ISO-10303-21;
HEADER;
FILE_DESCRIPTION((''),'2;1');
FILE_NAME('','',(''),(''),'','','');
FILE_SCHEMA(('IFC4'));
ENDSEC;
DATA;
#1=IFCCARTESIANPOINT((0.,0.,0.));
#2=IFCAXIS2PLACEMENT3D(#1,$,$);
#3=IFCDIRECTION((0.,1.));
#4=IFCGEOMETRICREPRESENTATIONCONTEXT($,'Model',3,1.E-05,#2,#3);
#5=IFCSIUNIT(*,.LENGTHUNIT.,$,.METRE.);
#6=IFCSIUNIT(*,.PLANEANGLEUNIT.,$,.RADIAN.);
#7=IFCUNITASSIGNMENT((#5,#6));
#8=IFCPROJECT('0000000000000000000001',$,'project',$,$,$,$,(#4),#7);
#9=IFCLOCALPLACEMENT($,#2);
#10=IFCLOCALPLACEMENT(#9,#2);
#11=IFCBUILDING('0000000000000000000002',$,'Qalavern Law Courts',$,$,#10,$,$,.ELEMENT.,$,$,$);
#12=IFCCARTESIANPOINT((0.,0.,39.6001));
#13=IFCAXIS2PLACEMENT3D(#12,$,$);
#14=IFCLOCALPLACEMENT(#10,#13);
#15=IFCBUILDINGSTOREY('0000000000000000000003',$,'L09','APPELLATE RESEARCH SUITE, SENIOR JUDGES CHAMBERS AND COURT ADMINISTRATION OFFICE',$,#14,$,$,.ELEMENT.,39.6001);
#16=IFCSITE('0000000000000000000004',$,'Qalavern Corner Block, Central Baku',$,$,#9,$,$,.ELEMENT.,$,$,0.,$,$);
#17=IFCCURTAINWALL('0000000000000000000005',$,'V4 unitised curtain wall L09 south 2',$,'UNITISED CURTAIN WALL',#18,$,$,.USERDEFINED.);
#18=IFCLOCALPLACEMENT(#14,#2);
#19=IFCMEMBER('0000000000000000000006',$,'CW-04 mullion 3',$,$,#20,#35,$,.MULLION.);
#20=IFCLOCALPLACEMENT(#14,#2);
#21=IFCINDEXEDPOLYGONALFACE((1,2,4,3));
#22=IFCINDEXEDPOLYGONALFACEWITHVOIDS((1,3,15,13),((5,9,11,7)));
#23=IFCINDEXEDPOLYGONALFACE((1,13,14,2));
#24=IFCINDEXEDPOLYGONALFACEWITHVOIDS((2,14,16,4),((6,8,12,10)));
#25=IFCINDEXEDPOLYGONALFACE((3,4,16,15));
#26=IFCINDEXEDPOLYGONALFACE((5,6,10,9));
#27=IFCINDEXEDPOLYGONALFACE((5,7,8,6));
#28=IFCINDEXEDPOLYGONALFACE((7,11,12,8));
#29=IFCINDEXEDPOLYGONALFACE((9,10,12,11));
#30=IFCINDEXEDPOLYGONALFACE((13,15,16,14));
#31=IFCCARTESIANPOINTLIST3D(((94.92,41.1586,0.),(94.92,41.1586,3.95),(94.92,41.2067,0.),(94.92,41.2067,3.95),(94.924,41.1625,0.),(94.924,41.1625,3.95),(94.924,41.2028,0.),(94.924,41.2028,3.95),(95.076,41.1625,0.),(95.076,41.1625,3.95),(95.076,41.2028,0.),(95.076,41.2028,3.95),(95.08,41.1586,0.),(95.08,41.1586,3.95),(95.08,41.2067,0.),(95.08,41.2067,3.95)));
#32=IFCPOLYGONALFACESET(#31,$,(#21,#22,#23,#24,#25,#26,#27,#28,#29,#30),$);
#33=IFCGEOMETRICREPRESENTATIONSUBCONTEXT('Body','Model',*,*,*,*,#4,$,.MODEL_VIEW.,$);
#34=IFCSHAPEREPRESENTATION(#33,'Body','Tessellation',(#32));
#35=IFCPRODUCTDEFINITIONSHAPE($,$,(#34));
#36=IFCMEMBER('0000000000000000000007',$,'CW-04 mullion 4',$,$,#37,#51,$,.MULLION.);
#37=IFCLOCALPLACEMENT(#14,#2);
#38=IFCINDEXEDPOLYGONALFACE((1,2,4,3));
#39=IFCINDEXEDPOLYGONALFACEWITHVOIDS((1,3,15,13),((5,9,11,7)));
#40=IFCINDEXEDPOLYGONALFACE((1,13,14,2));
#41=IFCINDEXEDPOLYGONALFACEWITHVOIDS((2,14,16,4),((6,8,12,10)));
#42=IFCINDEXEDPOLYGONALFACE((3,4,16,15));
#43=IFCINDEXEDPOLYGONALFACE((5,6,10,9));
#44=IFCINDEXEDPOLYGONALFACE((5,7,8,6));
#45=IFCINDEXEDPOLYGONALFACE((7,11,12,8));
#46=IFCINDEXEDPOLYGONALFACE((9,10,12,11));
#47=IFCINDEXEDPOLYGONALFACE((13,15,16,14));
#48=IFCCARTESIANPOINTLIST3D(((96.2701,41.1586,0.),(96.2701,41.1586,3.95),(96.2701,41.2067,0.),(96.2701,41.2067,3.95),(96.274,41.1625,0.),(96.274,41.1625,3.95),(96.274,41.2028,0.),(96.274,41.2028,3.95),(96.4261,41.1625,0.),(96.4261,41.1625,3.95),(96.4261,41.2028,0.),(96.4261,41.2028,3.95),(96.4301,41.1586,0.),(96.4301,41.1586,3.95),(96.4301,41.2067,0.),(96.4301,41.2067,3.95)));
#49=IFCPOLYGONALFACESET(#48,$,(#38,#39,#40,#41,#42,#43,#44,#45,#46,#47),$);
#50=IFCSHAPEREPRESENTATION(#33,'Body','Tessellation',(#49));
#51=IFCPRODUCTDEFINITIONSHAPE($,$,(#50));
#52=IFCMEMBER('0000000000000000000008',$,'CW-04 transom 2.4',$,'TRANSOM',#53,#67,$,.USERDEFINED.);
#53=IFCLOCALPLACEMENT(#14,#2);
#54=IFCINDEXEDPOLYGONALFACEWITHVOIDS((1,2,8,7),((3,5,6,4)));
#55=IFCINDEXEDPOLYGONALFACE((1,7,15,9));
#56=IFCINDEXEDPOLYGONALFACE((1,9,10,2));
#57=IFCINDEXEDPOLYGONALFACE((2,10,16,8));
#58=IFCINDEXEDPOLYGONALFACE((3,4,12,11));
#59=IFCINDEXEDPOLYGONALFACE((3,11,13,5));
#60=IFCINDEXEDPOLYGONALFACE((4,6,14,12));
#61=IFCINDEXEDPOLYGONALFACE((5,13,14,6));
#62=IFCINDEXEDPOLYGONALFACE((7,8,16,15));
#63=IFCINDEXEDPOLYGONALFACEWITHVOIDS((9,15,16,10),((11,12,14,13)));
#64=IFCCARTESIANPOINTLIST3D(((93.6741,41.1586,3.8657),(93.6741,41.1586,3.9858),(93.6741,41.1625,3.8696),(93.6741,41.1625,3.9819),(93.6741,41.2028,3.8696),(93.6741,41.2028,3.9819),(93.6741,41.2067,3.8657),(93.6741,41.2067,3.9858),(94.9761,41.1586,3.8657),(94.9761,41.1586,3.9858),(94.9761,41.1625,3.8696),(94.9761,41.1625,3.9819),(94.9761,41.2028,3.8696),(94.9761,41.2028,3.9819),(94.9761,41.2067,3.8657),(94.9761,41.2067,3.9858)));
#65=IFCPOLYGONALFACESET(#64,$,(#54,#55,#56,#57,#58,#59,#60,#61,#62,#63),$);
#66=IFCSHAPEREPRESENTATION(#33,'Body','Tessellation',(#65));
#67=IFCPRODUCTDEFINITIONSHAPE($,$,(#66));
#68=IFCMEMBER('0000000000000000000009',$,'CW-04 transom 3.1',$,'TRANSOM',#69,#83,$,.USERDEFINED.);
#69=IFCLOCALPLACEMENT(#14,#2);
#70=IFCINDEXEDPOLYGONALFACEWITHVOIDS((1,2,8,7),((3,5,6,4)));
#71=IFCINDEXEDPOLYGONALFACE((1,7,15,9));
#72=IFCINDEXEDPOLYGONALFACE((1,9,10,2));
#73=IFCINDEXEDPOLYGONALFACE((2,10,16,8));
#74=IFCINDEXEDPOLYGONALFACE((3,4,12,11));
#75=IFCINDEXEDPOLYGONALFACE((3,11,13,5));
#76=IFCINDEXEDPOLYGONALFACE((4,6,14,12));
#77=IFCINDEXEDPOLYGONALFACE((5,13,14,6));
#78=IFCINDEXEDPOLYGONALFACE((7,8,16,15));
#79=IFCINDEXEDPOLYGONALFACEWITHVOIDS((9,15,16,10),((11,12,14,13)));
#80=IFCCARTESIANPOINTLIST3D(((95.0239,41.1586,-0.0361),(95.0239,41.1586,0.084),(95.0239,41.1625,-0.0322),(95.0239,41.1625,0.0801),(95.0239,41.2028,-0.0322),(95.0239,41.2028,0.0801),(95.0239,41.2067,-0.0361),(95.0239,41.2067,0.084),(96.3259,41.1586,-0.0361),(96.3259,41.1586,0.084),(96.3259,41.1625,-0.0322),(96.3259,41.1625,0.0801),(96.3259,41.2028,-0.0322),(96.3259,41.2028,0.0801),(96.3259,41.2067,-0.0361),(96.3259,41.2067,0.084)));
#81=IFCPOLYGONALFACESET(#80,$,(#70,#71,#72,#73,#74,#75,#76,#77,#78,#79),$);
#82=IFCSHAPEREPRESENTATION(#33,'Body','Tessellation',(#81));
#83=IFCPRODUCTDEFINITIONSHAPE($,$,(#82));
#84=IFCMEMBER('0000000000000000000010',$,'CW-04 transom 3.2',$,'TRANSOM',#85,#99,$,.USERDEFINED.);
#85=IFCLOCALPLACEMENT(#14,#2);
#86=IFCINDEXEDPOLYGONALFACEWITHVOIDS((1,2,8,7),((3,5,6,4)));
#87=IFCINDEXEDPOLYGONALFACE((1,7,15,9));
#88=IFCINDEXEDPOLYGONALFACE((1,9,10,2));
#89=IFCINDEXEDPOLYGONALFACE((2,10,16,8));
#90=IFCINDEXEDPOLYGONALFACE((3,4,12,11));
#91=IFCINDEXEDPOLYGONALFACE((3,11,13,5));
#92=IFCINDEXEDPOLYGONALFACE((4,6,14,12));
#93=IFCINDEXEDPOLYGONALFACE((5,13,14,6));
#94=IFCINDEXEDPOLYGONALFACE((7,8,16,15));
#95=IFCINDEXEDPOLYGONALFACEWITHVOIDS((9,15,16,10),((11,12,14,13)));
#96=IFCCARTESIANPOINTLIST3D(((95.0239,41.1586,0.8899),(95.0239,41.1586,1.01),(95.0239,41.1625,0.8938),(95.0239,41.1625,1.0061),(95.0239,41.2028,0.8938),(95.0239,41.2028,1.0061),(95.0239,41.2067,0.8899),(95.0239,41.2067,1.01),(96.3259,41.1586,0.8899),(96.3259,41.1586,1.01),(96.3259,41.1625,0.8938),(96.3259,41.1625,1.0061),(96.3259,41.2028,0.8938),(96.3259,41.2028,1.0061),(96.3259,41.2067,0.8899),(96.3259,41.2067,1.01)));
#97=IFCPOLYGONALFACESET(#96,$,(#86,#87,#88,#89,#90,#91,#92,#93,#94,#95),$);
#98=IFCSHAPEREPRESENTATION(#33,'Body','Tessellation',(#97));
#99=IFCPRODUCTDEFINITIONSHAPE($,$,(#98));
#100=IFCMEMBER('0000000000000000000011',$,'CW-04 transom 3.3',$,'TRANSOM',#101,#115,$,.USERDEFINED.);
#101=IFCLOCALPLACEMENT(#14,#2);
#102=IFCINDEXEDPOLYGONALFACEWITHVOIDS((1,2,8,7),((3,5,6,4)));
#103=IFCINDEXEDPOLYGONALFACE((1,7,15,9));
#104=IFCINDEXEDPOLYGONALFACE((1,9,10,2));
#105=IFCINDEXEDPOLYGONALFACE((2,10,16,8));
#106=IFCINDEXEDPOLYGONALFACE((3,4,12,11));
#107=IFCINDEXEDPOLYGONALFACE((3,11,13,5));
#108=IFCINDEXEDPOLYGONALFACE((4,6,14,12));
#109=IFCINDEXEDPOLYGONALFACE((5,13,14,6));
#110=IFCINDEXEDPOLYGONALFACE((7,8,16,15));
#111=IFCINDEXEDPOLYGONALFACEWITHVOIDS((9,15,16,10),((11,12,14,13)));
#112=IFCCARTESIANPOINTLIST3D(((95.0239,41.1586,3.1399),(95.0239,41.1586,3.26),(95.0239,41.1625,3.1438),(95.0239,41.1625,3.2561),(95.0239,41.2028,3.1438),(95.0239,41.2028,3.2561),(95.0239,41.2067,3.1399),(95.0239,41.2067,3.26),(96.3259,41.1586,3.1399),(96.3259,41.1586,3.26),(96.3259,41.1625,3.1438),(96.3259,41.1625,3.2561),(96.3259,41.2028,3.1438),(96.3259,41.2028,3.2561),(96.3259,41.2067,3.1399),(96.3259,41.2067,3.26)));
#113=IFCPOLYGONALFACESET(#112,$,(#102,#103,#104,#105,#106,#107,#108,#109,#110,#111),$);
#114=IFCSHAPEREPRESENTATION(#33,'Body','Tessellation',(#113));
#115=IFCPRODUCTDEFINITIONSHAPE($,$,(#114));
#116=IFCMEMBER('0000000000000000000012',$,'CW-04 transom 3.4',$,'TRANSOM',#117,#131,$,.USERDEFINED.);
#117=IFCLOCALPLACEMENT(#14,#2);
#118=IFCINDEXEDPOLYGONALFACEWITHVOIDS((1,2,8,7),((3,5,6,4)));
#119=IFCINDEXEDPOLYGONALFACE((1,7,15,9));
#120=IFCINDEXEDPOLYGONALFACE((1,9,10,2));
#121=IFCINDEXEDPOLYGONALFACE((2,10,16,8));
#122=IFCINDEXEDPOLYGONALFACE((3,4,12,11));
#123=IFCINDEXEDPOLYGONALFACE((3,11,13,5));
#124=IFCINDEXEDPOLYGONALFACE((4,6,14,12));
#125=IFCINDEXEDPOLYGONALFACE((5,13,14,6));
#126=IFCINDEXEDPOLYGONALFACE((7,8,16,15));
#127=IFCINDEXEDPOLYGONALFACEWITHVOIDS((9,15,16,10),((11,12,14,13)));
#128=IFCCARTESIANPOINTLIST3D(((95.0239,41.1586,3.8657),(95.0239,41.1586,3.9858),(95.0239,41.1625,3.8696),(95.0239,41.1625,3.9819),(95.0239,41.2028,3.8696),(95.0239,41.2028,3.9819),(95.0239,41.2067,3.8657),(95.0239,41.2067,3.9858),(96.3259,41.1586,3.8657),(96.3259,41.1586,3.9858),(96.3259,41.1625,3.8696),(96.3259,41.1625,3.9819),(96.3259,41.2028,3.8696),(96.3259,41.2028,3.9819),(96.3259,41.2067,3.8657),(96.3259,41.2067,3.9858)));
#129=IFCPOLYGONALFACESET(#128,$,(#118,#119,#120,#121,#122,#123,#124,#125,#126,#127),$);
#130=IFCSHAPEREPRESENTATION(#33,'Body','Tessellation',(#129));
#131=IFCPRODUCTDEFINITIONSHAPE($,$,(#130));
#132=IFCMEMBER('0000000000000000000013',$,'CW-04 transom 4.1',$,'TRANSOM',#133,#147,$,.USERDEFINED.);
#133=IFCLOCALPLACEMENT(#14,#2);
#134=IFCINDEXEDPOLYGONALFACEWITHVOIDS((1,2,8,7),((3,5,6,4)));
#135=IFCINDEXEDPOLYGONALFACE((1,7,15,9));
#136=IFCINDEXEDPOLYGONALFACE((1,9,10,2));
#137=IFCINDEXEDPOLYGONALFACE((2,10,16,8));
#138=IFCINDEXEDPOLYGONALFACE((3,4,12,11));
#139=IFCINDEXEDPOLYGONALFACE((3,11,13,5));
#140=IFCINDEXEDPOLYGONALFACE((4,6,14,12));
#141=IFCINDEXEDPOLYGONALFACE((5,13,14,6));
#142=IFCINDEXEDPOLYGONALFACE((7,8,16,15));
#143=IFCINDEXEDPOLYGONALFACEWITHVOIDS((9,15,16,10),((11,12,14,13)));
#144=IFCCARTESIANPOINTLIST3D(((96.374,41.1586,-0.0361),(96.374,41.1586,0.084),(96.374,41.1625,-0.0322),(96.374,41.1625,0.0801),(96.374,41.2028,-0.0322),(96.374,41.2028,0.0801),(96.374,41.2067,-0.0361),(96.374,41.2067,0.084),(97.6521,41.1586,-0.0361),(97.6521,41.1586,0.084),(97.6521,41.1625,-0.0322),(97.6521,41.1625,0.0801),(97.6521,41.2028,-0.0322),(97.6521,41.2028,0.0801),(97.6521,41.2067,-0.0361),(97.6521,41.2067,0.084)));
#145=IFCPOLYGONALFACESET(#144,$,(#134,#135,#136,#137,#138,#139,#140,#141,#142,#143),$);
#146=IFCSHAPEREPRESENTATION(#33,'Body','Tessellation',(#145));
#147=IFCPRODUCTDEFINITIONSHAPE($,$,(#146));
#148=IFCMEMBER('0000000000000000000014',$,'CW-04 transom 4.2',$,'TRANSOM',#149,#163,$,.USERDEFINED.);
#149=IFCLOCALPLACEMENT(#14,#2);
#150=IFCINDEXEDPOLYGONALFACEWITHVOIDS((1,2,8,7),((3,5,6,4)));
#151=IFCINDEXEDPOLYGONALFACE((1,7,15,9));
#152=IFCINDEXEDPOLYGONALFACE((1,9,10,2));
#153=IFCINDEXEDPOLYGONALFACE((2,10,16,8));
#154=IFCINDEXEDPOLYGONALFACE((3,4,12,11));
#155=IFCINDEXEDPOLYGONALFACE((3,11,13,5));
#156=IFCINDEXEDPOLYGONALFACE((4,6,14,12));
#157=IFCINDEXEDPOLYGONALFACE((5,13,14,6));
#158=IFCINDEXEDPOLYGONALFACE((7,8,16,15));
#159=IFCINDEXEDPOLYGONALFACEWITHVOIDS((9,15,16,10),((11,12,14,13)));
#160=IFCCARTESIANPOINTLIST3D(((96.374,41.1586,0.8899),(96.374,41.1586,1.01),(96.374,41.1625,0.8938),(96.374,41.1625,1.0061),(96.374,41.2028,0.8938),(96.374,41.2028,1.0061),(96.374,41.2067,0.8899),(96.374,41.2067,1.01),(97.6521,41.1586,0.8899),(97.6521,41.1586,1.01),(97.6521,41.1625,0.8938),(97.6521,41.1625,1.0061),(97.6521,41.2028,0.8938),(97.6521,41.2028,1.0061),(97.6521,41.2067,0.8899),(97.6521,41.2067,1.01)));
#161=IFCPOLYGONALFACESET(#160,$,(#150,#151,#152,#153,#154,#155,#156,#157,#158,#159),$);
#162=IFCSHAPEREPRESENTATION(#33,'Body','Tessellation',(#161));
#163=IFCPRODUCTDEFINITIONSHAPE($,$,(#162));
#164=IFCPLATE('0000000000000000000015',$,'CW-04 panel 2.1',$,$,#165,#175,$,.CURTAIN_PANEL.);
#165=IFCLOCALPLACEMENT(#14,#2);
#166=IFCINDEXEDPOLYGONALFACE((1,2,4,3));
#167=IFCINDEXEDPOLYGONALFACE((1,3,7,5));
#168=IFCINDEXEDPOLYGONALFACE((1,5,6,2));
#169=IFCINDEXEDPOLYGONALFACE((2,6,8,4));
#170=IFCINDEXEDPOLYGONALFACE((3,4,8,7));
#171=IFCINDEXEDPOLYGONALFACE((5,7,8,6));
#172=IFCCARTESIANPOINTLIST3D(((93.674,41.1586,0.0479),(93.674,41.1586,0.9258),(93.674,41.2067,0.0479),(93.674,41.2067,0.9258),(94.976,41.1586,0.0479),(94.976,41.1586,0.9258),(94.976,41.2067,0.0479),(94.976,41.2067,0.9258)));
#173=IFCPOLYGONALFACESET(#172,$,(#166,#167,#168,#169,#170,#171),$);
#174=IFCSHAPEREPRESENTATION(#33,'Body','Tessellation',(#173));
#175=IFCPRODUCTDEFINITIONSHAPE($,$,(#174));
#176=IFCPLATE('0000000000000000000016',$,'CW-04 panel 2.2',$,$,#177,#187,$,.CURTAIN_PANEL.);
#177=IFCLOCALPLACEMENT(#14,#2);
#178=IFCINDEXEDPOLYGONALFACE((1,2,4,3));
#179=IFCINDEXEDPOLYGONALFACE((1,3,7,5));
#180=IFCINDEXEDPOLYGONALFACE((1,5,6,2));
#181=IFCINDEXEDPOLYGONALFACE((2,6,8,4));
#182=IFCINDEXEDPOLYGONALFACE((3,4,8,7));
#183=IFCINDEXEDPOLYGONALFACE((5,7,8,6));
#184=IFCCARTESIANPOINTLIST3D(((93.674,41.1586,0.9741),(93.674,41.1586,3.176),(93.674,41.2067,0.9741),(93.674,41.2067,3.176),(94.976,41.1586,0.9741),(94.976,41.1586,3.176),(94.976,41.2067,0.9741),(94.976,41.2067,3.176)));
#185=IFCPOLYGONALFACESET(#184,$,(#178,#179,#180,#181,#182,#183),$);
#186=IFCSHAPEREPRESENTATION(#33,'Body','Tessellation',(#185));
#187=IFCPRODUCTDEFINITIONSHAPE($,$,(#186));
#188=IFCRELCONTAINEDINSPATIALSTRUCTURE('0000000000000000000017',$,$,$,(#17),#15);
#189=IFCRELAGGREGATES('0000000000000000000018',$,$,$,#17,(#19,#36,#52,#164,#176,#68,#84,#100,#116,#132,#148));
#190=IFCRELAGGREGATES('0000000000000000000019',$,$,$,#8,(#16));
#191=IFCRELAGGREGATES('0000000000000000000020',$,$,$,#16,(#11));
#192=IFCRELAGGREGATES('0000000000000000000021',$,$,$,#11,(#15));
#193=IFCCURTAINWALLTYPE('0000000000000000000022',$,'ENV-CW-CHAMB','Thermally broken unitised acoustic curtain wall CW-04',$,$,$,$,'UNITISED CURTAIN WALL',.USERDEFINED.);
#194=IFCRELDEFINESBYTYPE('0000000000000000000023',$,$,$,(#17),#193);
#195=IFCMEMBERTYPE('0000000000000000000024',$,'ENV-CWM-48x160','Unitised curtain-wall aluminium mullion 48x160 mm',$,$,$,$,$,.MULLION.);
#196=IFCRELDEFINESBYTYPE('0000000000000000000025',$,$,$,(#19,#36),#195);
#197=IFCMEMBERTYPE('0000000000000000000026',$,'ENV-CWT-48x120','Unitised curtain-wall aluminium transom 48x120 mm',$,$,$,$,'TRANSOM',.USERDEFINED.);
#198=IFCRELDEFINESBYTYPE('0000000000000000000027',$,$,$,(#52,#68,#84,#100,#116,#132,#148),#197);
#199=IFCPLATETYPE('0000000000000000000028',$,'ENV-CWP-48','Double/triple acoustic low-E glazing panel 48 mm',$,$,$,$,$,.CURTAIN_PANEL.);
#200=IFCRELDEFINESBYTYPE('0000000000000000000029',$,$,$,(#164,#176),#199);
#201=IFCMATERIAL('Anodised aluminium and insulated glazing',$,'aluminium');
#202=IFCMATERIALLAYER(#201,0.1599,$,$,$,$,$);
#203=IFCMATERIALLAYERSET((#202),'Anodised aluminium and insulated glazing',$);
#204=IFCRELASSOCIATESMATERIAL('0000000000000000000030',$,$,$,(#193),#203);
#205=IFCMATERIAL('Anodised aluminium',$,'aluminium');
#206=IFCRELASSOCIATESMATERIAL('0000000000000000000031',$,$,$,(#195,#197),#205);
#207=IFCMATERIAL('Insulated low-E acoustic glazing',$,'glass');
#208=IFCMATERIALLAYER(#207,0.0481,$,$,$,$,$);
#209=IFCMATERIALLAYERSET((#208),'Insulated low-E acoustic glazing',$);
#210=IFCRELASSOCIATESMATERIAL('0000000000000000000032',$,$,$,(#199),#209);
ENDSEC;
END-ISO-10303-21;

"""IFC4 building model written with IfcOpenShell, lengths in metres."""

from ifc_helpers import new_model, si_unit, direction, frame, origin, origin_2d, place, context, subcontext, project, spatial, rectangle, hollow_rectangle, extrude, material, layer, layer_set, material_profile, profile_set, type_object, element, aggregate, save


model = new_model("IFC4")

# Units and contexts
model_context = context("Model", 3, precision=1e-05, world=origin(), true_north=direction((0.0, 1.0)))
body_context = subcontext(model_context, "Body", "Model", "MODEL_VIEW")
ifc_project = project(units=[si_unit("LENGTHUNIT", "METRE"), si_unit("PLANEANGLEUNIT", "RADIAN")], contexts=[model_context])

# Site, building, storey
site_placement = place(None, origin())
site = spatial("IfcSite", under=ifc_project, at=site_placement, Name="Qalavern Corner Block, Central Baku", CompositionType="ELEMENT", RefElevation=0.0)
building_placement = place(site_placement, origin())
building = spatial("IfcBuilding", under=site, at=building_placement, Name="Qalavern Law Courts", CompositionType="ELEMENT")
storey_placement = place(building_placement, frame((0.0, 0.0, 39.6001)))
storey = spatial("IfcBuildingStorey", under=building, at=storey_placement, Name="L09", Description="APPELLATE RESEARCH SUITE, SENIOR JUDGES CHAMBERS AND COURT ADMINISTRATION OFFICE", CompositionType="ELEMENT", Elevation=39.6001)

# Curtain wall, members, plates
ifc_material_1 = material(Name="Anodised aluminium and insulated glazing", Category="aluminium")
ifc_layer_1 = layer(ifc_material_1, 0.1599)
ifc_layer_set_1 = layer_set([ifc_layer_1], Name="Anodised aluminium and insulated glazing")
curtain_wall_type = type_object("IfcCurtainWallType", Name="ENV-CW-CHAMB", Description="Thermally broken unitised acoustic curtain wall CW-04", ElementType="UNITISED CURTAIN WALL", PredefinedType="USERDEFINED", material=ifc_layer_set_1)
curtain_wall_placement = place(storey_placement, origin())
curtain_wall = element("IfcCurtainWall", 1, at=curtain_wall_placement, inside=storey, type_object=curtain_wall_type, Name="V4 unitised curtain wall L09 south 2", ObjectType="UNITISED CURTAIN WALL", PredefinedType="USERDEFINED")
ifc_material_2 = material(Name="Anodised aluminium", Category="aluminium")
ifc_material_profile_1 = material_profile(ifc_material_2, hollow_rectangle(XDim=0.0481, YDim=0.1599, WallThickness=0.0039, at=origin_2d()), Name="ALU MULLION 48x160")
ifc_profile_set_1 = profile_set([ifc_material_profile_1], Name="Anodised aluminium")
member_type_1 = type_object("IfcMemberType", Name="ENV-CWM-48x160", Description="Unitised curtain-wall aluminium mullion 48x160 mm", PredefinedType="MULLION", material=ifc_profile_set_1)
member_1_placement = place(storey_placement, frame((95.0, 41.1826, 0.0), z_axis=(0.0, 0.0, 1.0), x_axis=(0.0, 1.0, 0.0)))
member_1 = element("IfcMember", 2, at=member_1_placement, type_object=member_type_1, Name="CW-04 mullion 3", PredefinedType="MULLION", context=body_context, shape_type="SweptSolid", body=[
    extrude(hollow_rectangle(XDim=0.0481, YDim=0.1599, WallThickness=0.0039, at=origin_2d()), origin(), (0.0, 0.0, 1.0), 3.95),
])
member_2_placement = place(storey_placement, frame((96.3501, 41.1826, 0.0), z_axis=(0.0, 0.0, 1.0), x_axis=(0.0, 1.0, 0.0)))
member_2 = element("IfcMember", 3, at=member_2_placement, type_object=member_type_1, Name="CW-04 mullion 4", PredefinedType="MULLION", context=body_context, shape_type="SweptSolid", body=[
    extrude(hollow_rectangle(XDim=0.0481, YDim=0.1599, WallThickness=0.0039, at=origin_2d()), origin(), (0.0, 0.0, 1.0), 3.95),
])
ifc_material_profile_2 = material_profile(ifc_material_2, hollow_rectangle(XDim=0.0481, YDim=0.1201, WallThickness=0.0039, at=origin_2d()), Name="ALU TRANSOM 48x120")
ifc_profile_set_2 = profile_set([ifc_material_profile_2], Name="Anodised aluminium")
member_type_2 = type_object("IfcMemberType", Name="ENV-CWT-48x120", Description="Unitised curtain-wall aluminium transom 48x120 mm", ElementType="TRANSOM", PredefinedType="USERDEFINED", material=ifc_profile_set_2)
member_3_placement = place(storey_placement, frame((93.6741, 41.1826, 3.9258), z_axis=(1.0, 0.0, 0.0), x_axis=(0.0, 1.0, 0.0)))
member_3 = element("IfcMember", 4, at=member_3_placement, type_object=member_type_2, Name="CW-04 transom 2.4", ObjectType="TRANSOM", PredefinedType="USERDEFINED", context=body_context, shape_type="SweptSolid", body=[
    extrude(hollow_rectangle(XDim=0.0481, YDim=0.1201, WallThickness=0.0039, at=origin_2d()), origin(), (0.0, 0.0, 1.0), 1.302),
])
member_4_placement = place(storey_placement, frame((95.0239, 41.1826, 0.0239), z_axis=(1.0, 0.0, 0.0), x_axis=(0.0, 1.0, 0.0)))
member_4 = element("IfcMember", 5, at=member_4_placement, type_object=member_type_2, Name="CW-04 transom 3.1", ObjectType="TRANSOM", PredefinedType="USERDEFINED", context=body_context, shape_type="SweptSolid", body=[
    extrude(hollow_rectangle(XDim=0.0481, YDim=0.1201, WallThickness=0.0039, at=origin_2d()), origin(), (0.0, 0.0, 1.0), 1.302),
])
member_5_placement = place(storey_placement, frame((95.0239, 41.1826, 0.95), z_axis=(1.0, 0.0, 0.0), x_axis=(0.0, 1.0, 0.0)))
member_5 = element("IfcMember", 6, at=member_5_placement, type_object=member_type_2, Name="CW-04 transom 3.2", ObjectType="TRANSOM", PredefinedType="USERDEFINED", context=body_context, shape_type="SweptSolid", body=[
    extrude(hollow_rectangle(XDim=0.0481, YDim=0.1201, WallThickness=0.0039, at=origin_2d()), origin(), (0.0, 0.0, 1.0), 1.302),
])
member_6_placement = place(storey_placement, frame((95.0239, 41.1826, 3.2), z_axis=(1.0, 0.0, 0.0), x_axis=(0.0, 1.0, 0.0)))
member_6 = element("IfcMember", 7, at=member_6_placement, type_object=member_type_2, Name="CW-04 transom 3.3", ObjectType="TRANSOM", PredefinedType="USERDEFINED", context=body_context, shape_type="SweptSolid", body=[
    extrude(hollow_rectangle(XDim=0.0481, YDim=0.1201, WallThickness=0.0039, at=origin_2d()), origin(), (0.0, 0.0, 1.0), 1.302),
])
member_7_placement = place(storey_placement, frame((95.0239, 41.1826, 3.9258), z_axis=(1.0, 0.0, 0.0), x_axis=(0.0, 1.0, 0.0)))
member_7 = element("IfcMember", 8, at=member_7_placement, type_object=member_type_2, Name="CW-04 transom 3.4", ObjectType="TRANSOM", PredefinedType="USERDEFINED", context=body_context, shape_type="SweptSolid", body=[
    extrude(hollow_rectangle(XDim=0.0481, YDim=0.1201, WallThickness=0.0039, at=origin_2d()), origin(), (0.0, 0.0, 1.0), 1.302),
])
member_8_placement = place(storey_placement, frame((96.374, 41.1826, 0.0239), z_axis=(1.0, 0.0, 0.0), x_axis=(0.0, 1.0, 0.0)))
member_8 = element("IfcMember", 9, at=member_8_placement, type_object=member_type_2, Name="CW-04 transom 4.1", ObjectType="TRANSOM", PredefinedType="USERDEFINED", context=body_context, shape_type="SweptSolid", body=[
    extrude(hollow_rectangle(XDim=0.0481, YDim=0.1201, WallThickness=0.0039, at=origin_2d()), origin(), (0.0, 0.0, 1.0), 1.2781),
])
member_9_placement = place(storey_placement, frame((96.374, 41.1826, 0.95), z_axis=(1.0, 0.0, 0.0), x_axis=(0.0, 1.0, 0.0)))
member_9 = element("IfcMember", 10, at=member_9_placement, type_object=member_type_2, Name="CW-04 transom 4.2", ObjectType="TRANSOM", PredefinedType="USERDEFINED", context=body_context, shape_type="SweptSolid", body=[
    extrude(hollow_rectangle(XDim=0.0481, YDim=0.1201, WallThickness=0.0039, at=origin_2d()), origin(), (0.0, 0.0, 1.0), 1.2781),
])
ifc_material_3 = material(Name="Insulated low-E acoustic glazing", Category="glass")
ifc_layer_2 = layer(ifc_material_3, 0.0481)
ifc_layer_set_2 = layer_set([ifc_layer_2], Name="Insulated low-E acoustic glazing")
plate_type = type_object("IfcPlateType", Name="ENV-CWP-48", Description="Double/triple acoustic low-E glazing panel 48 mm", PredefinedType="CURTAIN_PANEL", material=ifc_layer_set_2)
plate_1_placement = place(storey_placement, frame((94.325, 41.1826, 0.0479), z_axis=(0.0, 0.0, 1.0), x_axis=(1.0, 0.0, 0.0)))
plate_1 = element("IfcPlate", 11, at=plate_1_placement, type_object=plate_type, Name="CW-04 panel 2.1", PredefinedType="CURTAIN_PANEL", context=body_context, shape_type="SweptSolid", body=[
    extrude(rectangle(XDim=1.302, YDim=0.0481, at=origin_2d()), origin(), (0.0, 0.0, 1.0), 0.8779),
])
plate_2_placement = place(storey_placement, frame((94.325, 41.1826, 0.9741), z_axis=(0.0, 0.0, 1.0), x_axis=(1.0, 0.0, 0.0)))
plate_2 = element("IfcPlate", 12, at=plate_2_placement, type_object=plate_type, Name="CW-04 panel 2.2", PredefinedType="CURTAIN_PANEL", context=body_context, shape_type="SweptSolid", body=[
    extrude(rectangle(XDim=1.302, YDim=0.0481, at=origin_2d()), origin(), (0.0, 0.0, 1.0), 2.2019),
])
aggregate(curtain_wall, [member_1, member_2, member_3, plate_1, plate_2, member_4, member_5, member_6, member_7, member_8, member_9])

save(model, "model.ifc")
